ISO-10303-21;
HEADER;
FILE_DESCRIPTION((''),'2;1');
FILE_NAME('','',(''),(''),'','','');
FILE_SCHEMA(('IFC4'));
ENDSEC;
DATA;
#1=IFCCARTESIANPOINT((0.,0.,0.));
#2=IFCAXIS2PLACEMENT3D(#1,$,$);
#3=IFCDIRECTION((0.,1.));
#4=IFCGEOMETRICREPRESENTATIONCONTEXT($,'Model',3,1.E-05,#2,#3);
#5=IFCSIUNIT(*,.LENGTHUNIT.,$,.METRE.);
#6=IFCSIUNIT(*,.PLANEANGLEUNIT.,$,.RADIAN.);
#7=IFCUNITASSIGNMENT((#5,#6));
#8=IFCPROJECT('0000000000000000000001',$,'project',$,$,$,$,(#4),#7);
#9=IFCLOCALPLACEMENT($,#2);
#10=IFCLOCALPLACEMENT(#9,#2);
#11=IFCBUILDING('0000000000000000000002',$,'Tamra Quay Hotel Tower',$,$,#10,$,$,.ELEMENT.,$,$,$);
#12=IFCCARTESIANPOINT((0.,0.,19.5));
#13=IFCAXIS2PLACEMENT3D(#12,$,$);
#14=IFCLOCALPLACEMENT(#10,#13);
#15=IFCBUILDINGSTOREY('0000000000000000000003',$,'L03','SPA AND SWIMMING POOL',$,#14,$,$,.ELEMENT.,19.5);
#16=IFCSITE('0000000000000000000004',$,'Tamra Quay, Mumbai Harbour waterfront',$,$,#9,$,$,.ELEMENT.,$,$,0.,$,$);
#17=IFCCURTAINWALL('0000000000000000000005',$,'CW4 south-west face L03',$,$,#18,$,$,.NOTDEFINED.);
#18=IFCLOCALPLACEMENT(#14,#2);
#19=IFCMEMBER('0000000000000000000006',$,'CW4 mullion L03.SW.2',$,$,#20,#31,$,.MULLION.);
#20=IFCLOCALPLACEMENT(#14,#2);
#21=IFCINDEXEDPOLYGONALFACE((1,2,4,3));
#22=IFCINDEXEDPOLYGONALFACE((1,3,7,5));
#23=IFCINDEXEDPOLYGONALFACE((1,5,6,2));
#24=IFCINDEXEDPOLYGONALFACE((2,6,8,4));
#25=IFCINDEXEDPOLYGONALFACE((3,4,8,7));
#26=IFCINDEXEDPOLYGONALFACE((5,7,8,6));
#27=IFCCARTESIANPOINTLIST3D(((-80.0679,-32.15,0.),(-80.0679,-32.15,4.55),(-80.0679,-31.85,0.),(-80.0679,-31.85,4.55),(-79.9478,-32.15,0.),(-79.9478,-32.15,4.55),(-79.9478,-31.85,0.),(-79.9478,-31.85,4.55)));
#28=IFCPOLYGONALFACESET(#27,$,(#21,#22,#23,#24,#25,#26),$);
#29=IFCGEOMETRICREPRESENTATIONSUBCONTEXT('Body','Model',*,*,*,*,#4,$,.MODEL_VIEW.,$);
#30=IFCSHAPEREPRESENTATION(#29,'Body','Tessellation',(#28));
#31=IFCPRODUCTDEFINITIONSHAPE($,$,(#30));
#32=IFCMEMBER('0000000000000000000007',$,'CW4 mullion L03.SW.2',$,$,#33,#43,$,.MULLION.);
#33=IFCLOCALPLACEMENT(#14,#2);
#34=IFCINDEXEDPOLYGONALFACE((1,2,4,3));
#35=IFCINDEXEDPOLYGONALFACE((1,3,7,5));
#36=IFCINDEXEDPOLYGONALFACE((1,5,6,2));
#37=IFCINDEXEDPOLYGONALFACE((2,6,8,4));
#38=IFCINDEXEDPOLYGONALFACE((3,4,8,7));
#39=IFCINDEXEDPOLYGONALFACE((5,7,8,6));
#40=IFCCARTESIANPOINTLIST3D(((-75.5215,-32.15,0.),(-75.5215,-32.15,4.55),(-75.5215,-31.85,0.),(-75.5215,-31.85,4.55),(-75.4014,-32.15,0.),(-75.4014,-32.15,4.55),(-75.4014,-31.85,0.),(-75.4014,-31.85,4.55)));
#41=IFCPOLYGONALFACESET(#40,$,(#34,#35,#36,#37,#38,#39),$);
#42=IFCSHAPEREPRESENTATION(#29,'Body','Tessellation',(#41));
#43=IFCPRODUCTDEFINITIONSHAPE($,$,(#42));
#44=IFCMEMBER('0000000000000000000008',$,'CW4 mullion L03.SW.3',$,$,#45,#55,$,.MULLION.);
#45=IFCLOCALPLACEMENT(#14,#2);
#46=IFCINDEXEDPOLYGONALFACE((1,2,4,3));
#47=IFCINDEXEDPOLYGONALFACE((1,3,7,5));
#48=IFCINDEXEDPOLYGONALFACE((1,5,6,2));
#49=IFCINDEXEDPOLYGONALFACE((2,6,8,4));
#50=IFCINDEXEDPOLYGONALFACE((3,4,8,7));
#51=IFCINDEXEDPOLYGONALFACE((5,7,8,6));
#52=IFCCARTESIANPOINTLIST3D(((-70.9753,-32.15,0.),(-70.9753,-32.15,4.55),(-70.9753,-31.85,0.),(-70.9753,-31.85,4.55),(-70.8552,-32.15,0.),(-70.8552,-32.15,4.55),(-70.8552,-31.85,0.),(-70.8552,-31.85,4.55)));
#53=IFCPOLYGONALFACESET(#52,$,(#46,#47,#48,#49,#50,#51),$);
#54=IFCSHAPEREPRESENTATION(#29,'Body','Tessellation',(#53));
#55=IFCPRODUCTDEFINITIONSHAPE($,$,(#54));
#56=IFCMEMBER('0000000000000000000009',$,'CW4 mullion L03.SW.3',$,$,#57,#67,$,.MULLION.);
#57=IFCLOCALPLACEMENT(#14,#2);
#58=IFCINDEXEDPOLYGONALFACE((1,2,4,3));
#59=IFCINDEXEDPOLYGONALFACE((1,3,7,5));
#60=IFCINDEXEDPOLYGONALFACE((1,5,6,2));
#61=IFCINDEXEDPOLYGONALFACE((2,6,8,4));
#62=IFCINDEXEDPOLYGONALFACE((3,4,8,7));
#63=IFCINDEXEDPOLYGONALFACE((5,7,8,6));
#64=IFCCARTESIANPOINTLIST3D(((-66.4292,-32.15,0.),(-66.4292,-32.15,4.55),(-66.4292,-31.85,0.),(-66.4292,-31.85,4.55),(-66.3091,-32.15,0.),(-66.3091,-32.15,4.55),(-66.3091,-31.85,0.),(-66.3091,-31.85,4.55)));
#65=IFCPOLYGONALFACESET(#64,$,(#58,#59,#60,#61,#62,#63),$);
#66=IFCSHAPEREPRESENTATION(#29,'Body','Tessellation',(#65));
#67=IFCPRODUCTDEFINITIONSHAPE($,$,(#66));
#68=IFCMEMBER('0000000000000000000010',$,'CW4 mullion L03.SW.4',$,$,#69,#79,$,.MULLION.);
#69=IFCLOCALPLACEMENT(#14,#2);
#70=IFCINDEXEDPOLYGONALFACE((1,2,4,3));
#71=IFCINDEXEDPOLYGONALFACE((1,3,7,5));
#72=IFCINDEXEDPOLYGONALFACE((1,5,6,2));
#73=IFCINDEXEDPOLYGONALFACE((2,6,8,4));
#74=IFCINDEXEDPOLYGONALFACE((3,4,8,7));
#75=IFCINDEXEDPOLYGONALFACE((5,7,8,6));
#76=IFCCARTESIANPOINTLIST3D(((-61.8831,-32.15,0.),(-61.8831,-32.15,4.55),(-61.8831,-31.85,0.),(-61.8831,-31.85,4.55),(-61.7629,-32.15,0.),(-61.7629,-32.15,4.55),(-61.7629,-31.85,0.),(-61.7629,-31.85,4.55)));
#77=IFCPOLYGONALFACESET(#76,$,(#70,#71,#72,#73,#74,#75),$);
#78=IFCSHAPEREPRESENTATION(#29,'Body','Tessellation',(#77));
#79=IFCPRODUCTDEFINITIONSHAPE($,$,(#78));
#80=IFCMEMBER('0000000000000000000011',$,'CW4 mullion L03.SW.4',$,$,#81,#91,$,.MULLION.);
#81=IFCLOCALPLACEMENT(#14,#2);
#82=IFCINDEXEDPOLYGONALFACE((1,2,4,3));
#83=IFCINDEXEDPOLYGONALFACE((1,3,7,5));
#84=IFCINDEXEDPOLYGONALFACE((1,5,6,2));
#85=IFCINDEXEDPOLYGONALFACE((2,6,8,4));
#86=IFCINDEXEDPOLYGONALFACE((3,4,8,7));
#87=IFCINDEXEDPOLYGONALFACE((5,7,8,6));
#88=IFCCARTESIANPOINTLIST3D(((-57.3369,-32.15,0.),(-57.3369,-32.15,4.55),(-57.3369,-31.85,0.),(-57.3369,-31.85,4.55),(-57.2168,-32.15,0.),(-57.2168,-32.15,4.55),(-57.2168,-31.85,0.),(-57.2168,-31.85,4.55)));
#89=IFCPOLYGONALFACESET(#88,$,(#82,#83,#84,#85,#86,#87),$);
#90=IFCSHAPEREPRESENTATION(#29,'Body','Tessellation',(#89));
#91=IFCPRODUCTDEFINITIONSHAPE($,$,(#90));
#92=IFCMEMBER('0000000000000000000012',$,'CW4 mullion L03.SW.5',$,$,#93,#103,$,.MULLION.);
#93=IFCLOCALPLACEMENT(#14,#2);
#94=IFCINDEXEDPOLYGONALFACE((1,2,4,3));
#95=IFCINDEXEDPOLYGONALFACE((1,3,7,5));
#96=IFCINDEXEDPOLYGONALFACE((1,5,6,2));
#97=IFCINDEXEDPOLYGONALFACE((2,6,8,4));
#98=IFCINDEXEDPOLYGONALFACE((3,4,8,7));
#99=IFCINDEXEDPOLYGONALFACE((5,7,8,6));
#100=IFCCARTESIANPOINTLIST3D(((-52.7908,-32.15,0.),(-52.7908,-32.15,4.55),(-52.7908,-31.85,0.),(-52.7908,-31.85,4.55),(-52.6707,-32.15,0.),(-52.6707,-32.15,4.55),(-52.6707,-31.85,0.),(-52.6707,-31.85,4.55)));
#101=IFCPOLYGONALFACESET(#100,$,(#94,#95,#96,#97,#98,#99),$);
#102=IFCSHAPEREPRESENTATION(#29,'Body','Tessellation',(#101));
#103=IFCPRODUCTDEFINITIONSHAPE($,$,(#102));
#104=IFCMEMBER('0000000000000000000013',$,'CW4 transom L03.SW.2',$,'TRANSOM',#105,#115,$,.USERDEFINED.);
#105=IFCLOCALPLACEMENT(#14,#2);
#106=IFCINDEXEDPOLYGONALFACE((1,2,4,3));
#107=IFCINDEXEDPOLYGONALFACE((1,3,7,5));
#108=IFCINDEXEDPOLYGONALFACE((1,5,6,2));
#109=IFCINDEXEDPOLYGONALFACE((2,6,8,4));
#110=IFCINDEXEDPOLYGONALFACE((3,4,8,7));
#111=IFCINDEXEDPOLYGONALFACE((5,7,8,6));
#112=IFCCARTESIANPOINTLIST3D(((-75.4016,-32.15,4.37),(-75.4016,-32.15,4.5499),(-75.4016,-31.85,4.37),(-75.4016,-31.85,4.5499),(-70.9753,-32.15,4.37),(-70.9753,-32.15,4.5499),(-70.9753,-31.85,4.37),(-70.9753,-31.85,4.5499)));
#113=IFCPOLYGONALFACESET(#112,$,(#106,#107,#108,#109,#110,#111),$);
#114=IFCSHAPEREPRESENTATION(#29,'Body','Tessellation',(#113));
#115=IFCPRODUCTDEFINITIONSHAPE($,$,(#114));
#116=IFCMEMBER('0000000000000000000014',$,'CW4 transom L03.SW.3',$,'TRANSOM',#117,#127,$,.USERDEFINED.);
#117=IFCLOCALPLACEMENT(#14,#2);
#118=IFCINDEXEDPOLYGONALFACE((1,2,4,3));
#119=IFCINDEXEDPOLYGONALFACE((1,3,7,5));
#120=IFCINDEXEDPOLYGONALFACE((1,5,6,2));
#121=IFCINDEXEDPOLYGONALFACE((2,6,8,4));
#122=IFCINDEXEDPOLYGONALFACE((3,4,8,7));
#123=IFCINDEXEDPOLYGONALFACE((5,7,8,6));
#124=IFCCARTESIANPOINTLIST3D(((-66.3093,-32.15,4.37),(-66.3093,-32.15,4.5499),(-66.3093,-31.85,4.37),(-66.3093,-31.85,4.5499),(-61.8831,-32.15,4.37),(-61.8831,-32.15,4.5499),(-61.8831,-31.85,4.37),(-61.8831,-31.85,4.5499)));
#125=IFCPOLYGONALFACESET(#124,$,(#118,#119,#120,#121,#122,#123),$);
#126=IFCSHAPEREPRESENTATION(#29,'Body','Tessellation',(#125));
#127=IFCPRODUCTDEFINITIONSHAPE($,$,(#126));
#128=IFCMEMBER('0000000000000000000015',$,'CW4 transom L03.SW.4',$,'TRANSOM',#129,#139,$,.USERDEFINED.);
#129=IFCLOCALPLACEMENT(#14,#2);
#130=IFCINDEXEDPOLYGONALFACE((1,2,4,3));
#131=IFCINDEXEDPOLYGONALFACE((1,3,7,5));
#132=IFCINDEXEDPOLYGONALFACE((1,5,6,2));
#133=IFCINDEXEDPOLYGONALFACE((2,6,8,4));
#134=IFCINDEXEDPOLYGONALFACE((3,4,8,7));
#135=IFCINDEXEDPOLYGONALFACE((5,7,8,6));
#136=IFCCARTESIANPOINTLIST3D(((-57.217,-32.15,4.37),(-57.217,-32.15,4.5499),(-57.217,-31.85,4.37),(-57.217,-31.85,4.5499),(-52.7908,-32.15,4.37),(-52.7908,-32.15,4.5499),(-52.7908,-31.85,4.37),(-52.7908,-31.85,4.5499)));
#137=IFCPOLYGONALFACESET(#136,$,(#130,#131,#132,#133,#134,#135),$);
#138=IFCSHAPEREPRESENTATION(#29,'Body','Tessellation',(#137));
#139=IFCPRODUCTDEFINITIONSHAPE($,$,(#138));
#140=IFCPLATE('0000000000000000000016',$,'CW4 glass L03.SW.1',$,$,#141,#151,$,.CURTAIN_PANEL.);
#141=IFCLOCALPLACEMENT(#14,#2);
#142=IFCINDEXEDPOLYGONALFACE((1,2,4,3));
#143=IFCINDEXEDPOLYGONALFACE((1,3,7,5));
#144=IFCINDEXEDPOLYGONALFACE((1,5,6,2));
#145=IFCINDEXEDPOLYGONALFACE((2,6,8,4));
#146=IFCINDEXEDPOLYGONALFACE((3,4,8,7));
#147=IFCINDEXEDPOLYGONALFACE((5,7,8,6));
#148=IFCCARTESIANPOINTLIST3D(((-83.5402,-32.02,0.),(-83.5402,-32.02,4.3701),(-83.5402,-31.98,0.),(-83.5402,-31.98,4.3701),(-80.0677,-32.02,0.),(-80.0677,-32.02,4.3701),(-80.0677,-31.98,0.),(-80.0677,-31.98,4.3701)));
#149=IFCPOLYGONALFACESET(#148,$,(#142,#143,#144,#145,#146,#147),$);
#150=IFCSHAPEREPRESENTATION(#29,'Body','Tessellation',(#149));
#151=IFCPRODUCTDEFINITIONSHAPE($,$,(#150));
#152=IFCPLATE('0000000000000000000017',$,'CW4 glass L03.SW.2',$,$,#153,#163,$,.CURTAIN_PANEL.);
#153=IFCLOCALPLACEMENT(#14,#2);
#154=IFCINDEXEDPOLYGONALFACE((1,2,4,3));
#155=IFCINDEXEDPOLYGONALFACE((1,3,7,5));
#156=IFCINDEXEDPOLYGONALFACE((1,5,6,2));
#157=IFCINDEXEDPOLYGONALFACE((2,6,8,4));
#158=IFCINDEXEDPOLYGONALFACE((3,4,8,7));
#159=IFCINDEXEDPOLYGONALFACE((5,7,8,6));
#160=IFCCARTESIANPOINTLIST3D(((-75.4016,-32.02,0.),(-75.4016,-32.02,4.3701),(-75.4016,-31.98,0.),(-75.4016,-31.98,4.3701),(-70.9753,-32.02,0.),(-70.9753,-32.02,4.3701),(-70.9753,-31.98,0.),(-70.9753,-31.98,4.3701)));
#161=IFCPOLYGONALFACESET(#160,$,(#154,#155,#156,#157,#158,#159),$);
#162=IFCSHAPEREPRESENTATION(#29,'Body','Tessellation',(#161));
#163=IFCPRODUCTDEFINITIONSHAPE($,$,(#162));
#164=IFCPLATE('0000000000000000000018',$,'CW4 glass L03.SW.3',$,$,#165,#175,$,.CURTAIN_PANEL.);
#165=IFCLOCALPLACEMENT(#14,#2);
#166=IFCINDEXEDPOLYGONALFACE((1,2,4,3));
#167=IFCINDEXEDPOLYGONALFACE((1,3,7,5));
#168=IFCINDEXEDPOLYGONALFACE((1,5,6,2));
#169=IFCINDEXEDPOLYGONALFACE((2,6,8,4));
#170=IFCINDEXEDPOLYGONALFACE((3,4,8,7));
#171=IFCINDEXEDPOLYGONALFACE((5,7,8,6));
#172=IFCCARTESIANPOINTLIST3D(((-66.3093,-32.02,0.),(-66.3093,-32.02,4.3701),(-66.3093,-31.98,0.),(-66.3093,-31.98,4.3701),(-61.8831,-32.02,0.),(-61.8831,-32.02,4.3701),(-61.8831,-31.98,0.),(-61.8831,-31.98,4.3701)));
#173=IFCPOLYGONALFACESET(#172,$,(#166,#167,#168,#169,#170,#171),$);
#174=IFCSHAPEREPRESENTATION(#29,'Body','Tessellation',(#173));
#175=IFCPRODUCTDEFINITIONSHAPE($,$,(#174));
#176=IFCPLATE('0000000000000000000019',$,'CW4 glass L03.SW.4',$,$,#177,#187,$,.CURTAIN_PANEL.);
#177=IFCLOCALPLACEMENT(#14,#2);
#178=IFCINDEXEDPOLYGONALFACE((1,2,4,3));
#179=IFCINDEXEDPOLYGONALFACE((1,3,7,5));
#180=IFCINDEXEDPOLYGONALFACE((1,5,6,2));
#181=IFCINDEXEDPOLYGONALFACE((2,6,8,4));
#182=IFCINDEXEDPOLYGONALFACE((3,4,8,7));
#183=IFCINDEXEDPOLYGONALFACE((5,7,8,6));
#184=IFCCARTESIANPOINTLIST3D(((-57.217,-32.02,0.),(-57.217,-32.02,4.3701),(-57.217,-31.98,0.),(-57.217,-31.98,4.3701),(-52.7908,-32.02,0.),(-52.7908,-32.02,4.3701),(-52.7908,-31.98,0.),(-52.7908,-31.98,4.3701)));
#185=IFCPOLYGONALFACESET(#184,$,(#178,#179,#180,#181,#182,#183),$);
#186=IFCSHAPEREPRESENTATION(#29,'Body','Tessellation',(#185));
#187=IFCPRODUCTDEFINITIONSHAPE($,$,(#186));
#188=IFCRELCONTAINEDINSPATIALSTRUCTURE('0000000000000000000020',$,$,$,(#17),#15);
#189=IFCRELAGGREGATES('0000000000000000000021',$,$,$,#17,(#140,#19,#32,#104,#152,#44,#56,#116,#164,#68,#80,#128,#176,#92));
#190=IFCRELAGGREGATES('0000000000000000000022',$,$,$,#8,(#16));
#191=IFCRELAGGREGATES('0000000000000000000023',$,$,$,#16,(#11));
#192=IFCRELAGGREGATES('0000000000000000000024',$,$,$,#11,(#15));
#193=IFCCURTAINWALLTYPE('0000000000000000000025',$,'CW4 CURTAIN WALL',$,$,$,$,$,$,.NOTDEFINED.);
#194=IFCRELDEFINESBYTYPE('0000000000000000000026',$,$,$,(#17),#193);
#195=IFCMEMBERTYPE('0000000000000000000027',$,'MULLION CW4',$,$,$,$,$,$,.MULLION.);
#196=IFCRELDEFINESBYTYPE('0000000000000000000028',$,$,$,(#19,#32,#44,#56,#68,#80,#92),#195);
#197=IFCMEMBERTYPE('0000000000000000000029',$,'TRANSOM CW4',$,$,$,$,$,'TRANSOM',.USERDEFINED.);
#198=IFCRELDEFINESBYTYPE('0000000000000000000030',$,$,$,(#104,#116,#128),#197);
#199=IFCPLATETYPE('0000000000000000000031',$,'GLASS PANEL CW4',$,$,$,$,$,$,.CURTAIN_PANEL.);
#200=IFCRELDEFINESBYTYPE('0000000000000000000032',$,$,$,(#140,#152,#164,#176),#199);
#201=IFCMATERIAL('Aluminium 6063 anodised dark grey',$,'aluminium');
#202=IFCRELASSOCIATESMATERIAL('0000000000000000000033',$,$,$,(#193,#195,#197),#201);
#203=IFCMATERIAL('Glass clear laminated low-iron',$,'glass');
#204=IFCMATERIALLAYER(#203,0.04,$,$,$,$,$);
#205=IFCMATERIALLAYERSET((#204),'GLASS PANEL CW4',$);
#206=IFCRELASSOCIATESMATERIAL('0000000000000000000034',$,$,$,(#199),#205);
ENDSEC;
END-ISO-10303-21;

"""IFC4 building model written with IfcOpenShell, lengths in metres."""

from ifc_helpers import new_model, si_unit, direction, frame, origin, origin_2d, place, context, subcontext, project, spatial, rectangle, extrude, material, layer, layer_set, material_profile, profile_set, type_object, element, aggregate, save


model = new_model("IFC4")

# Units and contexts
model_context = context("Model", 3, precision=1e-05, world=origin(), true_north=direction((0.0, 1.0)))
body_context = subcontext(model_context, "Body", "Model", "MODEL_VIEW")
ifc_project = project(units=[si_unit("LENGTHUNIT", "METRE"), si_unit("PLANEANGLEUNIT", "RADIAN")], contexts=[model_context])

# Site, building, storey
site_placement = place(None, origin())
site = spatial("IfcSite", under=ifc_project, at=site_placement, Name="Tamra Quay, Mumbai Harbour waterfront", CompositionType="ELEMENT", RefElevation=0.0)
building_placement = place(site_placement, origin())
building = spatial("IfcBuilding", under=site, at=building_placement, Name="Tamra Quay Hotel Tower", CompositionType="ELEMENT")
storey_placement = place(building_placement, frame((0.0, 0.0, 19.5)))
storey = spatial("IfcBuildingStorey", under=building, at=storey_placement, Name="L03", Description="SPA AND SWIMMING POOL", CompositionType="ELEMENT", Elevation=19.5)

# Curtain wall, members, plates
ifc_material_1 = material(Name="Aluminium 6063 anodised dark grey", Category="aluminium")
curtain_wall_type = type_object("IfcCurtainWallType", Name="CW4 CURTAIN WALL", PredefinedType="NOTDEFINED", material=ifc_material_1)
curtain_wall_placement = place(storey_placement, origin())
curtain_wall = element("IfcCurtainWall", 1, at=curtain_wall_placement, inside=storey, type_object=curtain_wall_type, Name="CW4 south-west face L03", PredefinedType="NOTDEFINED")
ifc_material_profile_1 = material_profile(ifc_material_1, rectangle(XDim=0.3, YDim=0.1201, at=origin_2d()), Name="MULLION 120X300")
ifc_profile_set_1 = profile_set([ifc_material_profile_1], Name="Aluminium 6063 anodised dark grey")
member_type_1 = type_object("IfcMemberType", Name="MULLION CW4", PredefinedType="MULLION", material=ifc_profile_set_1)
member_1_placement = place(storey_placement, frame((-80.0078, -32.0, 0.0), z_axis=(0.0, 0.0, 1.0), x_axis=(0.0, -1.0, 0.0)))
member_1 = element("IfcMember", 2, at=member_1_placement, type_object=member_type_1, Name="CW4 mullion L03.SW.2", PredefinedType="MULLION", context=body_context, shape_type="SweptSolid", body=[
    extrude(rectangle(XDim=0.3, YDim=0.1201, at=origin_2d()), origin(), (0.0, 0.0, 1.0), 4.55),
])
member_2_placement = place(storey_placement, frame((-75.4614, -32.0, 0.0), z_axis=(0.0, 0.0, 1.0), x_axis=(0.0, -1.0, 0.0)))
member_2 = element("IfcMember", 3, at=member_2_placement, type_object=member_type_1, Name="CW4 mullion L03.SW.2", PredefinedType="MULLION", context=body_context, shape_type="SweptSolid", body=[
    extrude(rectangle(XDim=0.3, YDim=0.1201, at=origin_2d()), origin(), (0.0, 0.0, 1.0), 4.55),
])
member_3_placement = place(storey_placement, frame((-70.9153, -32.0, 0.0), z_axis=(0.0, 0.0, 1.0), x_axis=(0.0, -1.0, 0.0)))
member_3 = element("IfcMember", 4, at=member_3_placement, type_object=member_type_1, Name="CW4 mullion L03.SW.3", PredefinedType="MULLION", context=body_context, shape_type="SweptSolid", body=[
    extrude(rectangle(XDim=0.3, YDim=0.1201, at=origin_2d()), origin(), (0.0, 0.0, 1.0), 4.55),
])
member_4_placement = place(storey_placement, frame((-66.3691, -32.0, 0.0), z_axis=(0.0, 0.0, 1.0), x_axis=(0.0, -1.0, 0.0)))
member_4 = element("IfcMember", 5, at=member_4_placement, type_object=member_type_1, Name="CW4 mullion L03.SW.3", PredefinedType="MULLION", context=body_context, shape_type="SweptSolid", body=[
    extrude(rectangle(XDim=0.3, YDim=0.1201, at=origin_2d()), origin(), (0.0, 0.0, 1.0), 4.55),
])
member_5_placement = place(storey_placement, frame((-61.823, -32.0, 0.0), z_axis=(0.0, 0.0, 1.0), x_axis=(0.0, -1.0, 0.0)))
member_5 = element("IfcMember", 6, at=member_5_placement, type_object=member_type_1, Name="CW4 mullion L03.SW.4", PredefinedType="MULLION", context=body_context, shape_type="SweptSolid", body=[
    extrude(rectangle(XDim=0.3, YDim=0.1201, at=origin_2d()), origin(), (0.0, 0.0, 1.0), 4.55),
])
member_6_placement = place(storey_placement, frame((-57.2769, -32.0, 0.0), z_axis=(0.0, 0.0, 1.0), x_axis=(0.0, -1.0, 0.0)))
member_6 = element("IfcMember", 7, at=member_6_placement, type_object=member_type_1, Name="CW4 mullion L03.SW.4", PredefinedType="MULLION", context=body_context, shape_type="SweptSolid", body=[
    extrude(rectangle(XDim=0.3, YDim=0.1201, at=origin_2d()), origin(), (0.0, 0.0, 1.0), 4.55),
])
member_7_placement = place(storey_placement, frame((-52.7307, -32.0, 0.0), z_axis=(0.0, 0.0, 1.0), x_axis=(0.0, -1.0, 0.0)))
member_7 = element("IfcMember", 8, at=member_7_placement, type_object=member_type_1, Name="CW4 mullion L03.SW.5", PredefinedType="MULLION", context=body_context, shape_type="SweptSolid", body=[
    extrude(rectangle(XDim=0.3, YDim=0.1201, at=origin_2d()), origin(), (0.0, 0.0, 1.0), 4.55),
])
ifc_material_profile_2 = material_profile(ifc_material_1, rectangle(XDim=0.3, YDim=0.1799, at=origin_2d()), Name="TRANSOM 300X180")
ifc_profile_set_2 = profile_set([ifc_material_profile_2], Name="Aluminium 6063 anodised dark grey")
member_type_2 = type_object("IfcMemberType", Name="TRANSOM CW4", ElementType="TRANSOM", PredefinedType="USERDEFINED", material=ifc_profile_set_2)
member_8_placement = place(storey_placement, frame((-75.4016, -32.0, 4.46), z_axis=(1.0, 0.0, 0.0), x_axis=(0.0, 1.0, 0.0)))
member_8 = element("IfcMember", 9, at=member_8_placement, type_object=member_type_2, Name="CW4 transom L03.SW.2", ObjectType="TRANSOM", PredefinedType="USERDEFINED", context=body_context, shape_type="SweptSolid", body=[
    extrude(rectangle(XDim=0.3, YDim=0.1799, at=origin_2d()), origin(), (0.0, 0.0, 1.0), 4.4263),
])
member_9_placement = place(storey_placement, frame((-66.3093, -32.0, 4.46), z_axis=(1.0, 0.0, 0.0), x_axis=(0.0, 1.0, 0.0)))
member_9 = element("IfcMember", 10, at=member_9_placement, type_object=member_type_2, Name="CW4 transom L03.SW.3", ObjectType="TRANSOM", PredefinedType="USERDEFINED", context=body_context, shape_type="SweptSolid", body=[
    extrude(rectangle(XDim=0.3, YDim=0.1799, at=origin_2d()), origin(), (0.0, 0.0, 1.0), 4.4263),
])
member_10_placement = place(storey_placement, frame((-57.217, -32.0, 4.46), z_axis=(1.0, 0.0, 0.0), x_axis=(0.0, 1.0, 0.0)))
member_10 = element("IfcMember", 11, at=member_10_placement, type_object=member_type_2, Name="CW4 transom L03.SW.4", ObjectType="TRANSOM", PredefinedType="USERDEFINED", context=body_context, shape_type="SweptSolid", body=[
    extrude(rectangle(XDim=0.3, YDim=0.1799, at=origin_2d()), origin(), (0.0, 0.0, 1.0), 4.4263),
])
ifc_material_2 = material(Name="Glass clear laminated low-iron", Category="glass")
ifc_layer_1 = layer(ifc_material_2, 0.04)
ifc_layer_set_1 = layer_set([ifc_layer_1], Name="GLASS PANEL CW4")
plate_type = type_object("IfcPlateType", Name="GLASS PANEL CW4", PredefinedType="CURTAIN_PANEL", material=ifc_layer_set_1)
plate_1_placement = place(storey_placement, frame((-81.804, -32.0, 0.0), z_axis=(0.0, 0.0, 1.0), x_axis=(1.0, 0.0, 0.0)))
plate_1 = element("IfcPlate", 12, at=plate_1_placement, type_object=plate_type, Name="CW4 glass L03.SW.1", PredefinedType="CURTAIN_PANEL", context=body_context, shape_type="SweptSolid", body=[
    extrude(rectangle(XDim=3.4724, YDim=0.04, at=origin_2d()), origin(), (0.0, 0.0, 1.0), 4.3701),
])
plate_2_placement = place(storey_placement, frame((-73.1885, -32.0, 0.0), z_axis=(0.0, 0.0, 1.0), x_axis=(1.0, 0.0, 0.0)))
plate_2 = element("IfcPlate", 13, at=plate_2_placement, type_object=plate_type, Name="CW4 glass L03.SW.2", PredefinedType="CURTAIN_PANEL", context=body_context, shape_type="SweptSolid", body=[
    extrude(rectangle(XDim=4.4263, YDim=0.04, at=origin_2d()), origin(), (0.0, 0.0, 1.0), 4.3701),
])
plate_3_placement = place(storey_placement, frame((-64.0962, -32.0, 0.0), z_axis=(0.0, 0.0, 1.0), x_axis=(1.0, 0.0, 0.0)))
plate_3 = element("IfcPlate", 14, at=plate_3_placement, type_object=plate_type, Name="CW4 glass L03.SW.3", PredefinedType="CURTAIN_PANEL", context=body_context, shape_type="SweptSolid", body=[
    extrude(rectangle(XDim=4.4263, YDim=0.04, at=origin_2d()), origin(), (0.0, 0.0, 1.0), 4.3701),
])
plate_4_placement = place(storey_placement, frame((-55.0039, -32.0, 0.0), z_axis=(0.0, 0.0, 1.0), x_axis=(1.0, 0.0, 0.0)))
plate_4 = element("IfcPlate", 15, at=plate_4_placement, type_object=plate_type, Name="CW4 glass L03.SW.4", PredefinedType="CURTAIN_PANEL", context=body_context, shape_type="SweptSolid", body=[
    extrude(rectangle(XDim=4.4263, YDim=0.04, at=origin_2d()), origin(), (0.0, 0.0, 1.0), 4.3701),
])
aggregate(curtain_wall, [plate_1, member_1, member_2, member_8, plate_2, member_3, member_4, member_9, plate_3, member_5, member_6, member_10, plate_4, member_7])

save(model, "model.ifc")
